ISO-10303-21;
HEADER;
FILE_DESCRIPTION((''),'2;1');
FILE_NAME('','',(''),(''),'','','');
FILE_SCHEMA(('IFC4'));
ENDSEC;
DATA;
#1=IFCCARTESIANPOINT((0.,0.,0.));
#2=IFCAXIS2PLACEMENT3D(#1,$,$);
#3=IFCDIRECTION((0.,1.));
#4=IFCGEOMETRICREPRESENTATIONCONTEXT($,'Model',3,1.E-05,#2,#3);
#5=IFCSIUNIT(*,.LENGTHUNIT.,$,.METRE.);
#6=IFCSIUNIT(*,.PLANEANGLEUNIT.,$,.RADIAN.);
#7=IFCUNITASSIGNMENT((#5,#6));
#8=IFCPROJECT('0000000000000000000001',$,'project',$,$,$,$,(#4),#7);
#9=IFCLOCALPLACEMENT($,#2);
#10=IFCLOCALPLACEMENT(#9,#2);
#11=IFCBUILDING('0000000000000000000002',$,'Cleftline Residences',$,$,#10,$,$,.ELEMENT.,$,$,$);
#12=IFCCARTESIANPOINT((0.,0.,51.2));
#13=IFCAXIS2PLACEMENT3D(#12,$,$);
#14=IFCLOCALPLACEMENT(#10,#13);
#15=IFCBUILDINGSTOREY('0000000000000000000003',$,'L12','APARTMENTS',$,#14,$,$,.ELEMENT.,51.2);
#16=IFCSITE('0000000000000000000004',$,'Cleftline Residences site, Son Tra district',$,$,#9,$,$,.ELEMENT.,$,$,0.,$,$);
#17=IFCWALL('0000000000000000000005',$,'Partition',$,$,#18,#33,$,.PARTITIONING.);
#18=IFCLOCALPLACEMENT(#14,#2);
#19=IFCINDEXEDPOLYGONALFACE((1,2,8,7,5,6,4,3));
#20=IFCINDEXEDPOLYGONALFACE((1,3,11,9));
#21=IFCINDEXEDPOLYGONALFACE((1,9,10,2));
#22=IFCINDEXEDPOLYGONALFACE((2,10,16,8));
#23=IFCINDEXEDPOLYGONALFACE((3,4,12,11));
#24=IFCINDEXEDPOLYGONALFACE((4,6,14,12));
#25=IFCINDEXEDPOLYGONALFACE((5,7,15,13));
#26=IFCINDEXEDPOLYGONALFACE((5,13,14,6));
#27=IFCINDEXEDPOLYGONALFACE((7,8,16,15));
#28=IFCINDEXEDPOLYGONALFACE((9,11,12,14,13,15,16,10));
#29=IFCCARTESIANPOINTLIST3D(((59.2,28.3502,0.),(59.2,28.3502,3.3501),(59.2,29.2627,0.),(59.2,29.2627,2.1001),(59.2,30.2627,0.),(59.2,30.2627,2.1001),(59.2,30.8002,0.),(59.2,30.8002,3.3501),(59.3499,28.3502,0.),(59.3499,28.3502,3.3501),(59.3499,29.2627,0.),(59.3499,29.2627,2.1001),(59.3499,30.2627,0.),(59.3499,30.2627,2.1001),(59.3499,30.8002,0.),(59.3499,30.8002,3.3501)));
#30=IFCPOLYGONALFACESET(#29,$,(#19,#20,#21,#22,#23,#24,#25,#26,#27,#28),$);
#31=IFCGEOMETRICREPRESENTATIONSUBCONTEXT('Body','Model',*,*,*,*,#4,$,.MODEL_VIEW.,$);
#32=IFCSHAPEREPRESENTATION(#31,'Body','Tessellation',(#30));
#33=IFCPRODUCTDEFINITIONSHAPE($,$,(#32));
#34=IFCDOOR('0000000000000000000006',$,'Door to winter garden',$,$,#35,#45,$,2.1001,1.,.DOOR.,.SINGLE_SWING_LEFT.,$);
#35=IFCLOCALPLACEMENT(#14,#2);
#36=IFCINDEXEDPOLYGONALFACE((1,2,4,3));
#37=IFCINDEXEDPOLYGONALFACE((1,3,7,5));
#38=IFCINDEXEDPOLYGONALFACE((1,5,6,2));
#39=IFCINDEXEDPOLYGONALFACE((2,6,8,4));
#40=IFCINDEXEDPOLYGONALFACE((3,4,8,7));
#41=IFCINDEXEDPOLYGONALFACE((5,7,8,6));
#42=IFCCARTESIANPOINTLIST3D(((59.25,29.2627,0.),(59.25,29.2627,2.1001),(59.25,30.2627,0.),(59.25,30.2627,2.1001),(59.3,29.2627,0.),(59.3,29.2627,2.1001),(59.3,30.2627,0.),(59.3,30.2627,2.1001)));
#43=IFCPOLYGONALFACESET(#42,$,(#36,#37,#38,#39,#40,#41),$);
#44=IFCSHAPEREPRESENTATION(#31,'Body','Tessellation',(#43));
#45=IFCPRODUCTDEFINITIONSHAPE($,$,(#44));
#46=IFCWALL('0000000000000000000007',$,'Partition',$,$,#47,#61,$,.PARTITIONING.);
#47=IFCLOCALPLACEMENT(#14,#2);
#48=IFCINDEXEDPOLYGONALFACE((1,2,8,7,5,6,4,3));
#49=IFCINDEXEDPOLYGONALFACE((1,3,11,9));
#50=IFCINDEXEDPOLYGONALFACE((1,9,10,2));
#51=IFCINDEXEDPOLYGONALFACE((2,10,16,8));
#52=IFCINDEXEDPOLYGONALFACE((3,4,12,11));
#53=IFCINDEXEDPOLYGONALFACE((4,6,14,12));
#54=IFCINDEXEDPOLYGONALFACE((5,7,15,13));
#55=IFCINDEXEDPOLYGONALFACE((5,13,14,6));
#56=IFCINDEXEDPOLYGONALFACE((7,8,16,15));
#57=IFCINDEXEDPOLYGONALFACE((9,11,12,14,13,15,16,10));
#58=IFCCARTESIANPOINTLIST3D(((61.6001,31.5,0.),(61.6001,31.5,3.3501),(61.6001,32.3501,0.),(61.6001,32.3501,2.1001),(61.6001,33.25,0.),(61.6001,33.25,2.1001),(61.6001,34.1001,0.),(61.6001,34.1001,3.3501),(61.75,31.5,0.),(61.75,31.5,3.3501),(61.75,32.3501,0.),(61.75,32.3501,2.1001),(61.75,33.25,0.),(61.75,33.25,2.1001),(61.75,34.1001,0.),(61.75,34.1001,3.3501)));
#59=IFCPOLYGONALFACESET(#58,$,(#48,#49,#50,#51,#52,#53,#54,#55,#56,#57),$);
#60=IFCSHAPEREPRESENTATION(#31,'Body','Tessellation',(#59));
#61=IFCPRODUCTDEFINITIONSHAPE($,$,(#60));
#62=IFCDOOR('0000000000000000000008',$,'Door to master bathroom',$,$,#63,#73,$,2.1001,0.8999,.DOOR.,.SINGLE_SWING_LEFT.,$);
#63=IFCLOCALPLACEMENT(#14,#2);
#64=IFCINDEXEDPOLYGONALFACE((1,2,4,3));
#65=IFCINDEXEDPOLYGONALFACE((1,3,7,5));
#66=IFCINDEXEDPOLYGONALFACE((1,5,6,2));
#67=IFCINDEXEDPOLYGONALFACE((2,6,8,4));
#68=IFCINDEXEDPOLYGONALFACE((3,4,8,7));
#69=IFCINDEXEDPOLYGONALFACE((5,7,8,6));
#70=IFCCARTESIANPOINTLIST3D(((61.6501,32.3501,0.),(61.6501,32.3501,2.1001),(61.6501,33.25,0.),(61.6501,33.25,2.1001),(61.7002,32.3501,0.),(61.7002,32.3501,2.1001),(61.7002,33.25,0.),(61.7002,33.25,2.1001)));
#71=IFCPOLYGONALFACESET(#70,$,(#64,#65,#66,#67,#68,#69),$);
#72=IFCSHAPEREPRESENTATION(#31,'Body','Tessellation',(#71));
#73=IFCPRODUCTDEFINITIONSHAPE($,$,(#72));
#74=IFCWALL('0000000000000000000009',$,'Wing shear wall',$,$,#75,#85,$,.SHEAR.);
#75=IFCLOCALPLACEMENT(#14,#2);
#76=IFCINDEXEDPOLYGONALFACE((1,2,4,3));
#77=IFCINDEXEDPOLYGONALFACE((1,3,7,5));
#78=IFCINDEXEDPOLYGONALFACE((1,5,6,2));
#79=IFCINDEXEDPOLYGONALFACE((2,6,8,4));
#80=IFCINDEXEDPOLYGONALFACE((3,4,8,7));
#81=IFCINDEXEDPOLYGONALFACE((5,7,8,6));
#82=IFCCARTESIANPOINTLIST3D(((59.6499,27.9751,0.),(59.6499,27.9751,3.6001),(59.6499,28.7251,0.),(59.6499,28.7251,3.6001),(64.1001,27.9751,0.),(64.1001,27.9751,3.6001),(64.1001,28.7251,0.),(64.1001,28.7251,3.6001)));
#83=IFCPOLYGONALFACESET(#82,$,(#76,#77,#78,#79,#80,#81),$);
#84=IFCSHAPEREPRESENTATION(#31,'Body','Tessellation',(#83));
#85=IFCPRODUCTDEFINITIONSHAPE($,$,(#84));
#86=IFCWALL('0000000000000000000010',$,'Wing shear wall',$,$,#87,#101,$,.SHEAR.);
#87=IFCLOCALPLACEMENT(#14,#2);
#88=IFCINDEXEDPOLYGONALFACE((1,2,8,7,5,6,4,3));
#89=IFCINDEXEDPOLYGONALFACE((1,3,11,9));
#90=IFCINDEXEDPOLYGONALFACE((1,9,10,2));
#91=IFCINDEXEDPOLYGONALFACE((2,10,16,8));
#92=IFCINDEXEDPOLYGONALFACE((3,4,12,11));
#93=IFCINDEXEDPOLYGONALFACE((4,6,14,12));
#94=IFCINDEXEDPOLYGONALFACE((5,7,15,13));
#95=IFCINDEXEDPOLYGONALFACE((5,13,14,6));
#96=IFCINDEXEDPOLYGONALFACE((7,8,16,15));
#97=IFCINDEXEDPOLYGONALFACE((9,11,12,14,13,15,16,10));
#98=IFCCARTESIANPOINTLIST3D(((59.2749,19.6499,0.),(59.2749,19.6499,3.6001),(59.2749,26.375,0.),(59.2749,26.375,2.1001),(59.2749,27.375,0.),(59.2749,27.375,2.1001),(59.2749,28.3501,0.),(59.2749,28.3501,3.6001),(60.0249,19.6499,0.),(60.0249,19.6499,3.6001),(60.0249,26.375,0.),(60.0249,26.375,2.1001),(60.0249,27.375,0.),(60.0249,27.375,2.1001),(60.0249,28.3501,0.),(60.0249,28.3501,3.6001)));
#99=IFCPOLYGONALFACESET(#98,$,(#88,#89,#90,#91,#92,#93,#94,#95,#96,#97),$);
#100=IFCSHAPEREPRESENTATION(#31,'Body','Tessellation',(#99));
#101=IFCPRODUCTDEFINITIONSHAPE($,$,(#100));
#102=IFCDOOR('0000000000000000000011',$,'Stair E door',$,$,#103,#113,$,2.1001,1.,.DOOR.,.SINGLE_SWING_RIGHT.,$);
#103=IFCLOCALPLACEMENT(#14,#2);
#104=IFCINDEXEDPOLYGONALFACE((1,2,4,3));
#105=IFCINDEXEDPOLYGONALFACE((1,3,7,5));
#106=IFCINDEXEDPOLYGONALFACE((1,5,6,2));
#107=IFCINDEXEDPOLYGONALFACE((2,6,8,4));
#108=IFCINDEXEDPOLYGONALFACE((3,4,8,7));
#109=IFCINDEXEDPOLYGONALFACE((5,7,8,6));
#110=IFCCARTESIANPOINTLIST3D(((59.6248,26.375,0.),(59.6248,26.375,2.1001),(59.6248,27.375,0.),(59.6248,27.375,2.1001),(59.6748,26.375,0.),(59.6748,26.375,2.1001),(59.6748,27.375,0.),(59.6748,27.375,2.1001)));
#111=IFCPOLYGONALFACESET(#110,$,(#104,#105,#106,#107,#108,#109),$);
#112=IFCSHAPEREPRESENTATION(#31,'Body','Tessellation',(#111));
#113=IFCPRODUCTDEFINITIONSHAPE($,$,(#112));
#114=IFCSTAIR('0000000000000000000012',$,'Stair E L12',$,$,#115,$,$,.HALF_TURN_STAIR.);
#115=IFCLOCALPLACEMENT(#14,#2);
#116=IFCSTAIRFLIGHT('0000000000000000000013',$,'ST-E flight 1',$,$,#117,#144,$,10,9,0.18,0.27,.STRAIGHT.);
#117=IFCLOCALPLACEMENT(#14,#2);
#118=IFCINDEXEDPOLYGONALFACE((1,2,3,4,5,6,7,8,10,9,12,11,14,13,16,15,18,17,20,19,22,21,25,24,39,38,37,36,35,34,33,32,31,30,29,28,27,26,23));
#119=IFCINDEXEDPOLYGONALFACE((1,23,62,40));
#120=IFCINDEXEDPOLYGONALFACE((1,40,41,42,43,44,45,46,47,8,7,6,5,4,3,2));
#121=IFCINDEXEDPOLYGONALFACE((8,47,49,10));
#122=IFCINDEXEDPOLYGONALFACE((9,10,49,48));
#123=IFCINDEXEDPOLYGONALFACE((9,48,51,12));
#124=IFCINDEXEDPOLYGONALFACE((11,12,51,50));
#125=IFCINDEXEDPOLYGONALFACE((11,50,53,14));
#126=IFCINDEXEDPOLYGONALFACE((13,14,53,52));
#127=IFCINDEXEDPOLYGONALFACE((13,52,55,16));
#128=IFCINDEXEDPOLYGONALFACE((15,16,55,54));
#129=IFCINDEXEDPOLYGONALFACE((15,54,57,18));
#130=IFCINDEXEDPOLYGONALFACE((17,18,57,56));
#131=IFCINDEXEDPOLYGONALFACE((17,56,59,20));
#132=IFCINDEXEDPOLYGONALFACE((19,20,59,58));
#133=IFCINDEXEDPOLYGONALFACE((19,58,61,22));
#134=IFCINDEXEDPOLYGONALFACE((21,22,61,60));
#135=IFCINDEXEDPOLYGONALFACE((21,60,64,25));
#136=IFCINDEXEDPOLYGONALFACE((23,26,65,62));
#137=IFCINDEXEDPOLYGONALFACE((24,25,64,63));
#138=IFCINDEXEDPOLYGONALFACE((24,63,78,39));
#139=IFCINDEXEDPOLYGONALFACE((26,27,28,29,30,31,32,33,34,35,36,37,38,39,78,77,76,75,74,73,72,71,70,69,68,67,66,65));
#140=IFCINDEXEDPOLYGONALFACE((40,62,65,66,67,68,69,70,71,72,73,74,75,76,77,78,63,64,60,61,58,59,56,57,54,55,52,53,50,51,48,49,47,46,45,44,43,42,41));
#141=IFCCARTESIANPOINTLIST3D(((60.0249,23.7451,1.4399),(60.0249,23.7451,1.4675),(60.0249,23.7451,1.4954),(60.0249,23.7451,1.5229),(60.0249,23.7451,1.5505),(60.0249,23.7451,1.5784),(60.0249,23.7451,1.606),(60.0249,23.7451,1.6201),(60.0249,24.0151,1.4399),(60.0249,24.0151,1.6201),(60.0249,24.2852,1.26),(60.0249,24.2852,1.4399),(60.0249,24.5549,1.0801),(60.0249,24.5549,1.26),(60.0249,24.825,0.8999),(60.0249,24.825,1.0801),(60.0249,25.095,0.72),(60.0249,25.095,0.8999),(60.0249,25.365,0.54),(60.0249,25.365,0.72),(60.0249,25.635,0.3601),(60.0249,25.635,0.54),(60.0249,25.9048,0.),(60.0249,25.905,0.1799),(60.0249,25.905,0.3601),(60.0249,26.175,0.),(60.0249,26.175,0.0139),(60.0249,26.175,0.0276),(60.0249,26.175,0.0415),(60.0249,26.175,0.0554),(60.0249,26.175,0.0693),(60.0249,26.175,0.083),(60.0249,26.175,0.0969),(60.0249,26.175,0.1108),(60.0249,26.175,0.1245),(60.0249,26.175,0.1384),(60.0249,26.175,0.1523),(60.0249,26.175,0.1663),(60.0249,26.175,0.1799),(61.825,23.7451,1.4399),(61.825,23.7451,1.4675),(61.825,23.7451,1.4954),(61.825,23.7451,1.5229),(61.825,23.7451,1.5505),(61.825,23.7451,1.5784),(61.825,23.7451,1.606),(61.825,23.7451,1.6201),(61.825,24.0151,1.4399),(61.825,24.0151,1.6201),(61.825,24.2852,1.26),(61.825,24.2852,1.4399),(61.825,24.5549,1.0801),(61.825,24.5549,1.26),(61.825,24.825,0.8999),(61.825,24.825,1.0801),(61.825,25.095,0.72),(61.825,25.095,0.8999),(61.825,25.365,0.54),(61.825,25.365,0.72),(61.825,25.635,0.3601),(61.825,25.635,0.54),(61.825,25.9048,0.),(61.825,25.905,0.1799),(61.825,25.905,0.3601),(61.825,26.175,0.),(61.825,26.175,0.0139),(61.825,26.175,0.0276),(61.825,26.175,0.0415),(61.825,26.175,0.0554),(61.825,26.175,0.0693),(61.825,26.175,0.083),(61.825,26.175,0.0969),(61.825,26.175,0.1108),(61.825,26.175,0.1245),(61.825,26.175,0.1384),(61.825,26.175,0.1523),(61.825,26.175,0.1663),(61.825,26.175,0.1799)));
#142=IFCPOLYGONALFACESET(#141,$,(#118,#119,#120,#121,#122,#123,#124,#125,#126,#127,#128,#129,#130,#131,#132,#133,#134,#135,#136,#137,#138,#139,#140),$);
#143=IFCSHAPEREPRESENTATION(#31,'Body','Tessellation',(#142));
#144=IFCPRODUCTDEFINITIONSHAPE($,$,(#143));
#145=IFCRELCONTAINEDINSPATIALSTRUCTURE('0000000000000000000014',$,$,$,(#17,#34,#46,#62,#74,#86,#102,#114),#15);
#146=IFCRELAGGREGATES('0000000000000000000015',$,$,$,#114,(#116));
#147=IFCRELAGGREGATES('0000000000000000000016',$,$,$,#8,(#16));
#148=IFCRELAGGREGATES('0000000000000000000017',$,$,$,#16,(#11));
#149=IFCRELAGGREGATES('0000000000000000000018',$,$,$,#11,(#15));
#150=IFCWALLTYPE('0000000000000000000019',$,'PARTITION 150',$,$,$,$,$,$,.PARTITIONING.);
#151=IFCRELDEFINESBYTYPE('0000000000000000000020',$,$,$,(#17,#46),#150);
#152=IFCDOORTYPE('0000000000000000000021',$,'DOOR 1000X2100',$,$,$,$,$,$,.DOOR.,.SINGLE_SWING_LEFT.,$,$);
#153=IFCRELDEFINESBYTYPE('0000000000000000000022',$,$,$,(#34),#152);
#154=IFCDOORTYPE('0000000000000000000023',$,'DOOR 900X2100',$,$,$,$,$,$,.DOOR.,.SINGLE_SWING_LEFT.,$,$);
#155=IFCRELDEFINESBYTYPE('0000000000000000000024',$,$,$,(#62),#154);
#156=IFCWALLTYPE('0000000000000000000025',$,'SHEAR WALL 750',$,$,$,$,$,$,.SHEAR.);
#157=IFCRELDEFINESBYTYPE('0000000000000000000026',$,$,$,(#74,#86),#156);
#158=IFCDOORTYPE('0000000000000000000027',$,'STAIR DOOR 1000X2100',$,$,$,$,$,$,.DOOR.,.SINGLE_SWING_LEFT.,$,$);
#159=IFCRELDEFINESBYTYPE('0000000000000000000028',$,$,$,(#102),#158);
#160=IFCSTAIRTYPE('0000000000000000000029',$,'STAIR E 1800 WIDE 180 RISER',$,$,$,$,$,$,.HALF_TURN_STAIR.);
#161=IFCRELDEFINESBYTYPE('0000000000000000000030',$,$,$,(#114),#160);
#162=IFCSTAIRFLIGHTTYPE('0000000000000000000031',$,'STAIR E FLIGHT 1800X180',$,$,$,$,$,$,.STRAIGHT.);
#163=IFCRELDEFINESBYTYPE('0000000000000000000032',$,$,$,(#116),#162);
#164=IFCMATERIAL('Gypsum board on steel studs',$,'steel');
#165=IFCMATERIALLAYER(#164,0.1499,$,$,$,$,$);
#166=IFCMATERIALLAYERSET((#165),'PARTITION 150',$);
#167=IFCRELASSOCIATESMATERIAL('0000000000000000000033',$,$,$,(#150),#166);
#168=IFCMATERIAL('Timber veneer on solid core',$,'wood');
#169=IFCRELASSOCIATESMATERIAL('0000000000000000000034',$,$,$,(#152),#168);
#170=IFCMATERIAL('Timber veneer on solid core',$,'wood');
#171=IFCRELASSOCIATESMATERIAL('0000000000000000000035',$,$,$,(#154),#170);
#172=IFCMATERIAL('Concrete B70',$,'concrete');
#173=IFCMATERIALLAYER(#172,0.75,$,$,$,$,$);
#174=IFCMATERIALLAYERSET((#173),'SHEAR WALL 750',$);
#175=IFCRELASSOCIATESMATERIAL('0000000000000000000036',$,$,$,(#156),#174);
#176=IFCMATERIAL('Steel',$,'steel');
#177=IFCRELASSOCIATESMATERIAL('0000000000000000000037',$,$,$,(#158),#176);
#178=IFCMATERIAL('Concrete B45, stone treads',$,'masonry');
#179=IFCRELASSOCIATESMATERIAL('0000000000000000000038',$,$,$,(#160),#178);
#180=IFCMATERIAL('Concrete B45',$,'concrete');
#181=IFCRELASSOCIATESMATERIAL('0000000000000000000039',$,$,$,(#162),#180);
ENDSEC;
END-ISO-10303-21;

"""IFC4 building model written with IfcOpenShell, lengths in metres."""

from ifc_helpers import new_model, si_unit, direction, frame, frame_2d, origin, place, context, subcontext, project, spatial, polyline, rectangle, outline, extrude, material, layer, layer_set, type_object, element, fill, aggregate, save


model = new_model("IFC4")

# Units and contexts
model_context = context("Model", 3, precision=1e-05, world=origin(), true_north=direction((0.0, 1.0)))
body_context = subcontext(model_context, "Body", "Model", "MODEL_VIEW")
ifc_project = project(units=[si_unit("LENGTHUNIT", "METRE"), si_unit("PLANEANGLEUNIT", "RADIAN")], contexts=[model_context])

# Site, building, storey
site_placement = place(None, origin())
site = spatial("IfcSite", under=ifc_project, at=site_placement, Name="Cleftline Residences site, Son Tra district", CompositionType="ELEMENT", RefElevation=0.0)
building_placement = place(site_placement, origin())
building = spatial("IfcBuilding", under=site, at=building_placement, Name="Cleftline Residences", CompositionType="ELEMENT")
storey_placement = place(building_placement, frame((0.0, 0.0, 51.2)))
storey = spatial("IfcBuildingStorey", under=building, at=storey_placement, Name="L12", Description="APARTMENTS", CompositionType="ELEMENT", Elevation=51.2)

# Shared definitions
ifc_material_1 = material(Name="Gypsum board on steel studs", Category="steel")
ifc_layer_1 = layer(ifc_material_1, 0.1499)
ifc_layer_set_1 = layer_set([ifc_layer_1], Name="PARTITION 150")
wall_type_1 = type_object("IfcWallType", Name="PARTITION 150", PredefinedType="PARTITIONING", material=ifc_layer_set_1)
ifc_material_2 = material(Name="Timber veneer on solid core", Category="wood")
door_type_1 = type_object("IfcDoorType", Name="DOOR 1000X2100", OperationType="SINGLE_SWING_LEFT", PredefinedType="DOOR", material=ifc_material_2)

# Walls, openings, doors
wall_1_placement = place(storey_placement, frame((59.2749, 28.3501, 0.0), z_axis=(0.0, 0.0, 1.0), x_axis=(0.0, 1.0, 0.0)))
wall_1 = element("IfcWall", 1, at=wall_1_placement, inside=storey, type_object=wall_type_1, Name="Partition", PredefinedType="PARTITIONING", context=body_context, shape_type="SweptSolid", body=[
    extrude(rectangle(XDim=2.45, YDim=0.1499, at=frame_2d((1.2251, 0.0))), origin(), (0.0, 0.0, 1.0), 3.3501),
])
opening_1_placement = place(wall_1_placement, frame((0.9126, 0.0, 0.0)))
opening_1 = element("IfcOpeningElement", 2, at=opening_1_placement, cuts=wall_1, PredefinedType="OPENING", context=body_context, shape_type="SweptSolid", body=[
    extrude(rectangle(XDim=1.0, YDim=2.1001, at=frame_2d((0.5, 1.05))), frame((0.0, 0.085, 0.0), z_axis=(0.0, -1.0, 0.0), x_axis=(1.0, 0.0, 0.0)), (0.0, 0.0, 1.0), 0.1699),
])
door_1_placement = place(opening_1_placement, origin())
door_1 = element("IfcDoor", 3, at=door_1_placement, inside=storey, type_object=door_type_1, Name="Door to winter garden", OperationType="SINGLE_SWING_LEFT", OverallHeight=2.1001, OverallWidth=1.0, PredefinedType="DOOR", context=body_context, shape_type="SweptSolid", body=[
    extrude(rectangle(XDim=1.0, YDim=2.1001, at=frame_2d((0.5, 1.05))), frame((0.0, 0.0249, 0.0), z_axis=(0.0, -1.0, 0.0), x_axis=(1.0, 0.0, 0.0)), (0.0, 0.0, 1.0), 0.05),
])
fill(opening_1, door_1)
wall_2_placement = place(storey_placement, frame((61.675, 31.5, 0.0), z_axis=(0.0, 0.0, 1.0), x_axis=(0.0, 1.0, 0.0)))
wall_2 = element("IfcWall", 4, at=wall_2_placement, inside=storey, type_object=wall_type_1, Name="Partition", PredefinedType="PARTITIONING", context=body_context, shape_type="SweptSolid", body=[
    extrude(rectangle(XDim=2.6001, YDim=0.1499, at=frame_2d((1.3, 0.0))), origin(), (0.0, 0.0, 1.0), 3.3501),
])
opening_2_placement = place(wall_2_placement, frame((0.8501, 0.0, 0.0)))
opening_2 = element("IfcOpeningElement", 5, at=opening_2_placement, cuts=wall_2, PredefinedType="OPENING", context=body_context, shape_type="SweptSolid", body=[
    extrude(rectangle(XDim=0.8999, YDim=2.1001, at=frame_2d((0.45, 1.05))), frame((0.0, 0.085, 0.0), z_axis=(0.0, -1.0, 0.0), x_axis=(1.0, 0.0, 0.0)), (0.0, 0.0, 1.0), 0.1699),
])
ifc_material_3 = material(Name="Timber veneer on solid core", Category="wood")
door_type_2 = type_object("IfcDoorType", Name="DOOR 900X2100", OperationType="SINGLE_SWING_LEFT", PredefinedType="DOOR", material=ifc_material_3)
door_2_placement = place(opening_2_placement, origin())
door_2 = element("IfcDoor", 6, at=door_2_placement, inside=storey, type_object=door_type_2, Name="Door to master bathroom", OperationType="SINGLE_SWING_LEFT", OverallHeight=2.1001, OverallWidth=0.8999, PredefinedType="DOOR", context=body_context, shape_type="SweptSolid", body=[
    extrude(rectangle(XDim=0.8999, YDim=2.1001, at=frame_2d((0.45, 1.05))), frame((0.0, 0.0249, 0.0), z_axis=(0.0, -1.0, 0.0), x_axis=(1.0, 0.0, 0.0)), (0.0, 0.0, 1.0), 0.05),
])
fill(opening_2, door_2)

# Wall
ifc_material_4 = material(Name="Concrete B70", Category="concrete")
ifc_layer_2 = layer(ifc_material_4, 0.75)
ifc_layer_set_2 = layer_set([ifc_layer_2], Name="SHEAR WALL 750")
wall_type_2 = type_object("IfcWallType", Name="SHEAR WALL 750", PredefinedType="SHEAR", material=ifc_layer_set_2)
wall_3_placement = place(storey_placement, frame((64.1001, 28.3501, 0.0), z_axis=(0.0, 0.0, 1.0), x_axis=(-1.0, 0.0, 0.0)))
element("IfcWall", 7, at=wall_3_placement, inside=storey, type_object=wall_type_2, Name="Wing shear wall", PredefinedType="SHEAR", context=body_context, shape_type="SweptSolid", body=[
    extrude(rectangle(XDim=4.4502, YDim=0.75, at=frame_2d((2.2251, 0.0))), origin(), (0.0, 0.0, 1.0), 3.6001),
])

# Wall, opening, door
wall_4_placement = place(storey_placement, frame((59.6499, 28.3501, 0.0), z_axis=(0.0, 0.0, 1.0), x_axis=(0.0, -1.0, 0.0)))
wall_4 = element("IfcWall", 8, at=wall_4_placement, inside=storey, type_object=wall_type_2, Name="Wing shear wall", PredefinedType="SHEAR", context=body_context, shape_type="SweptSolid", body=[
    extrude(rectangle(XDim=8.7002, YDim=0.75, at=frame_2d((4.3501, 0.0))), origin(), (0.0, 0.0, 1.0), 3.6001),
])
opening_3_placement = place(wall_4_placement, frame((0.9751, 0.0, 0.0)))
opening_3 = element("IfcOpeningElement", 9, at=opening_3_placement, cuts=wall_4, PredefinedType="OPENING", context=body_context, shape_type="SweptSolid", body=[
    extrude(rectangle(XDim=1.0, YDim=2.1001, at=frame_2d((0.5, 1.05))), frame((0.0, 0.385, 0.0), z_axis=(0.0, -1.0, 0.0), x_axis=(1.0, 0.0, 0.0)), (0.0, 0.0, 1.0), 0.77),
])
ifc_material_5 = material(Name="Steel", Category="steel")
door_type_3 = type_object("IfcDoorType", Name="STAIR DOOR 1000X2100", OperationType="SINGLE_SWING_LEFT", PredefinedType="DOOR", material=ifc_material_5)
door_3_placement = place(opening_3_placement, origin())
door_3 = element("IfcDoor", 10, at=door_3_placement, inside=storey, type_object=door_type_3, Name="Stair E door", OperationType="SINGLE_SWING_RIGHT", OverallHeight=2.1001, OverallWidth=1.0, PredefinedType="DOOR", context=body_context, shape_type="SweptSolid", body=[
    extrude(rectangle(XDim=1.0, YDim=2.1001, at=frame_2d((0.5, 1.05))), frame((0.0, 0.0249, 0.0), z_axis=(0.0, -1.0, 0.0), x_axis=(1.0, 0.0, 0.0)), (0.0, 0.0, 1.0), 0.05),
])
fill(opening_3, door_3)

# Stair, stair flight
ifc_material_6 = material(Name="Concrete B45, stone treads", Category="masonry")
stair_type = type_object("IfcStairType", Name="STAIR E 1800 WIDE 180 RISER", PredefinedType="HALF_TURN_STAIR", material=ifc_material_6)
stair_placement = place(storey_placement, origin())
stair = element("IfcStair", 11, at=stair_placement, inside=storey, type_object=stair_type, Name="Stair E L12", PredefinedType="HALF_TURN_STAIR")
ifc_material_7 = material(Name="Concrete B45", Category="concrete")
stair_flight_type = type_object("IfcStairFlightType", Name="STAIR E FLIGHT 1800X180", PredefinedType="STRAIGHT", material=ifc_material_7)
stair_flight_placement = place(storey_placement, frame((60.925, 26.175, 0.0), z_axis=(0.0, 0.0, 1.0), x_axis=(0.0, -1.0, 0.0)))
stair_flight = element("IfcStairFlight", 12, at=stair_flight_placement, type_object=stair_flight_type, Name="ST-E flight 1", NumberOfRisers=10, NumberOfTreads=9, PredefinedType="STRAIGHT", RiserHeight=0.18, TreadLength=0.27, context=body_context, shape_type="SweptSolid", body=[
    extrude(outline(polyline([(0.0, 0.0), (0.0, 0.0139), (0.0, 0.0276), (0.0, 0.0415), (0.0, 0.0554), (0.0, 0.0693), (0.0, 0.083), (0.0, 0.0969), (0.0, 0.1108), (0.0, 0.1245), (0.0, 0.1384), (0.0, 0.1523), (0.0, 0.1663), (0.0, 0.1799), (0.27, 0.1799), (0.27, 0.3601), (0.54, 0.3601), (0.54, 0.54), (0.8101, 0.54), (0.8101, 0.72), (1.0801, 0.72), (1.0801, 0.8999), (1.3501, 0.8999), (1.3501, 1.0801), (1.6201, 1.0801), (1.6201, 1.26), (1.8899, 1.26), (1.8899, 1.4399), (2.1599, 1.4399), (2.1599, 1.6201), (2.4299, 1.6201), (2.4299, 1.8), (2.4299, 1.7722), (2.4299, 1.7446), (2.4299, 1.7168), (2.4299, 1.6892), (2.4299, 1.6614), (2.4299, 1.6338), (2.4299, 1.606), (2.4299, 1.5784), (2.4299, 1.5505), (2.4299, 1.5229), (2.4299, 1.4954), (2.4299, 1.4675), (2.4299, 1.4399), (0.2703, 0.0), (0.0, 0.0)])), frame((0.0, 0.8999, 0.0), z_axis=(0.0, -1.0, 0.0), x_axis=(1.0, 0.0, 0.0)), (0.0, 0.0, 1.0), 1.8),
])
aggregate(stair, [stair_flight])

save(model, "model.ifc")
